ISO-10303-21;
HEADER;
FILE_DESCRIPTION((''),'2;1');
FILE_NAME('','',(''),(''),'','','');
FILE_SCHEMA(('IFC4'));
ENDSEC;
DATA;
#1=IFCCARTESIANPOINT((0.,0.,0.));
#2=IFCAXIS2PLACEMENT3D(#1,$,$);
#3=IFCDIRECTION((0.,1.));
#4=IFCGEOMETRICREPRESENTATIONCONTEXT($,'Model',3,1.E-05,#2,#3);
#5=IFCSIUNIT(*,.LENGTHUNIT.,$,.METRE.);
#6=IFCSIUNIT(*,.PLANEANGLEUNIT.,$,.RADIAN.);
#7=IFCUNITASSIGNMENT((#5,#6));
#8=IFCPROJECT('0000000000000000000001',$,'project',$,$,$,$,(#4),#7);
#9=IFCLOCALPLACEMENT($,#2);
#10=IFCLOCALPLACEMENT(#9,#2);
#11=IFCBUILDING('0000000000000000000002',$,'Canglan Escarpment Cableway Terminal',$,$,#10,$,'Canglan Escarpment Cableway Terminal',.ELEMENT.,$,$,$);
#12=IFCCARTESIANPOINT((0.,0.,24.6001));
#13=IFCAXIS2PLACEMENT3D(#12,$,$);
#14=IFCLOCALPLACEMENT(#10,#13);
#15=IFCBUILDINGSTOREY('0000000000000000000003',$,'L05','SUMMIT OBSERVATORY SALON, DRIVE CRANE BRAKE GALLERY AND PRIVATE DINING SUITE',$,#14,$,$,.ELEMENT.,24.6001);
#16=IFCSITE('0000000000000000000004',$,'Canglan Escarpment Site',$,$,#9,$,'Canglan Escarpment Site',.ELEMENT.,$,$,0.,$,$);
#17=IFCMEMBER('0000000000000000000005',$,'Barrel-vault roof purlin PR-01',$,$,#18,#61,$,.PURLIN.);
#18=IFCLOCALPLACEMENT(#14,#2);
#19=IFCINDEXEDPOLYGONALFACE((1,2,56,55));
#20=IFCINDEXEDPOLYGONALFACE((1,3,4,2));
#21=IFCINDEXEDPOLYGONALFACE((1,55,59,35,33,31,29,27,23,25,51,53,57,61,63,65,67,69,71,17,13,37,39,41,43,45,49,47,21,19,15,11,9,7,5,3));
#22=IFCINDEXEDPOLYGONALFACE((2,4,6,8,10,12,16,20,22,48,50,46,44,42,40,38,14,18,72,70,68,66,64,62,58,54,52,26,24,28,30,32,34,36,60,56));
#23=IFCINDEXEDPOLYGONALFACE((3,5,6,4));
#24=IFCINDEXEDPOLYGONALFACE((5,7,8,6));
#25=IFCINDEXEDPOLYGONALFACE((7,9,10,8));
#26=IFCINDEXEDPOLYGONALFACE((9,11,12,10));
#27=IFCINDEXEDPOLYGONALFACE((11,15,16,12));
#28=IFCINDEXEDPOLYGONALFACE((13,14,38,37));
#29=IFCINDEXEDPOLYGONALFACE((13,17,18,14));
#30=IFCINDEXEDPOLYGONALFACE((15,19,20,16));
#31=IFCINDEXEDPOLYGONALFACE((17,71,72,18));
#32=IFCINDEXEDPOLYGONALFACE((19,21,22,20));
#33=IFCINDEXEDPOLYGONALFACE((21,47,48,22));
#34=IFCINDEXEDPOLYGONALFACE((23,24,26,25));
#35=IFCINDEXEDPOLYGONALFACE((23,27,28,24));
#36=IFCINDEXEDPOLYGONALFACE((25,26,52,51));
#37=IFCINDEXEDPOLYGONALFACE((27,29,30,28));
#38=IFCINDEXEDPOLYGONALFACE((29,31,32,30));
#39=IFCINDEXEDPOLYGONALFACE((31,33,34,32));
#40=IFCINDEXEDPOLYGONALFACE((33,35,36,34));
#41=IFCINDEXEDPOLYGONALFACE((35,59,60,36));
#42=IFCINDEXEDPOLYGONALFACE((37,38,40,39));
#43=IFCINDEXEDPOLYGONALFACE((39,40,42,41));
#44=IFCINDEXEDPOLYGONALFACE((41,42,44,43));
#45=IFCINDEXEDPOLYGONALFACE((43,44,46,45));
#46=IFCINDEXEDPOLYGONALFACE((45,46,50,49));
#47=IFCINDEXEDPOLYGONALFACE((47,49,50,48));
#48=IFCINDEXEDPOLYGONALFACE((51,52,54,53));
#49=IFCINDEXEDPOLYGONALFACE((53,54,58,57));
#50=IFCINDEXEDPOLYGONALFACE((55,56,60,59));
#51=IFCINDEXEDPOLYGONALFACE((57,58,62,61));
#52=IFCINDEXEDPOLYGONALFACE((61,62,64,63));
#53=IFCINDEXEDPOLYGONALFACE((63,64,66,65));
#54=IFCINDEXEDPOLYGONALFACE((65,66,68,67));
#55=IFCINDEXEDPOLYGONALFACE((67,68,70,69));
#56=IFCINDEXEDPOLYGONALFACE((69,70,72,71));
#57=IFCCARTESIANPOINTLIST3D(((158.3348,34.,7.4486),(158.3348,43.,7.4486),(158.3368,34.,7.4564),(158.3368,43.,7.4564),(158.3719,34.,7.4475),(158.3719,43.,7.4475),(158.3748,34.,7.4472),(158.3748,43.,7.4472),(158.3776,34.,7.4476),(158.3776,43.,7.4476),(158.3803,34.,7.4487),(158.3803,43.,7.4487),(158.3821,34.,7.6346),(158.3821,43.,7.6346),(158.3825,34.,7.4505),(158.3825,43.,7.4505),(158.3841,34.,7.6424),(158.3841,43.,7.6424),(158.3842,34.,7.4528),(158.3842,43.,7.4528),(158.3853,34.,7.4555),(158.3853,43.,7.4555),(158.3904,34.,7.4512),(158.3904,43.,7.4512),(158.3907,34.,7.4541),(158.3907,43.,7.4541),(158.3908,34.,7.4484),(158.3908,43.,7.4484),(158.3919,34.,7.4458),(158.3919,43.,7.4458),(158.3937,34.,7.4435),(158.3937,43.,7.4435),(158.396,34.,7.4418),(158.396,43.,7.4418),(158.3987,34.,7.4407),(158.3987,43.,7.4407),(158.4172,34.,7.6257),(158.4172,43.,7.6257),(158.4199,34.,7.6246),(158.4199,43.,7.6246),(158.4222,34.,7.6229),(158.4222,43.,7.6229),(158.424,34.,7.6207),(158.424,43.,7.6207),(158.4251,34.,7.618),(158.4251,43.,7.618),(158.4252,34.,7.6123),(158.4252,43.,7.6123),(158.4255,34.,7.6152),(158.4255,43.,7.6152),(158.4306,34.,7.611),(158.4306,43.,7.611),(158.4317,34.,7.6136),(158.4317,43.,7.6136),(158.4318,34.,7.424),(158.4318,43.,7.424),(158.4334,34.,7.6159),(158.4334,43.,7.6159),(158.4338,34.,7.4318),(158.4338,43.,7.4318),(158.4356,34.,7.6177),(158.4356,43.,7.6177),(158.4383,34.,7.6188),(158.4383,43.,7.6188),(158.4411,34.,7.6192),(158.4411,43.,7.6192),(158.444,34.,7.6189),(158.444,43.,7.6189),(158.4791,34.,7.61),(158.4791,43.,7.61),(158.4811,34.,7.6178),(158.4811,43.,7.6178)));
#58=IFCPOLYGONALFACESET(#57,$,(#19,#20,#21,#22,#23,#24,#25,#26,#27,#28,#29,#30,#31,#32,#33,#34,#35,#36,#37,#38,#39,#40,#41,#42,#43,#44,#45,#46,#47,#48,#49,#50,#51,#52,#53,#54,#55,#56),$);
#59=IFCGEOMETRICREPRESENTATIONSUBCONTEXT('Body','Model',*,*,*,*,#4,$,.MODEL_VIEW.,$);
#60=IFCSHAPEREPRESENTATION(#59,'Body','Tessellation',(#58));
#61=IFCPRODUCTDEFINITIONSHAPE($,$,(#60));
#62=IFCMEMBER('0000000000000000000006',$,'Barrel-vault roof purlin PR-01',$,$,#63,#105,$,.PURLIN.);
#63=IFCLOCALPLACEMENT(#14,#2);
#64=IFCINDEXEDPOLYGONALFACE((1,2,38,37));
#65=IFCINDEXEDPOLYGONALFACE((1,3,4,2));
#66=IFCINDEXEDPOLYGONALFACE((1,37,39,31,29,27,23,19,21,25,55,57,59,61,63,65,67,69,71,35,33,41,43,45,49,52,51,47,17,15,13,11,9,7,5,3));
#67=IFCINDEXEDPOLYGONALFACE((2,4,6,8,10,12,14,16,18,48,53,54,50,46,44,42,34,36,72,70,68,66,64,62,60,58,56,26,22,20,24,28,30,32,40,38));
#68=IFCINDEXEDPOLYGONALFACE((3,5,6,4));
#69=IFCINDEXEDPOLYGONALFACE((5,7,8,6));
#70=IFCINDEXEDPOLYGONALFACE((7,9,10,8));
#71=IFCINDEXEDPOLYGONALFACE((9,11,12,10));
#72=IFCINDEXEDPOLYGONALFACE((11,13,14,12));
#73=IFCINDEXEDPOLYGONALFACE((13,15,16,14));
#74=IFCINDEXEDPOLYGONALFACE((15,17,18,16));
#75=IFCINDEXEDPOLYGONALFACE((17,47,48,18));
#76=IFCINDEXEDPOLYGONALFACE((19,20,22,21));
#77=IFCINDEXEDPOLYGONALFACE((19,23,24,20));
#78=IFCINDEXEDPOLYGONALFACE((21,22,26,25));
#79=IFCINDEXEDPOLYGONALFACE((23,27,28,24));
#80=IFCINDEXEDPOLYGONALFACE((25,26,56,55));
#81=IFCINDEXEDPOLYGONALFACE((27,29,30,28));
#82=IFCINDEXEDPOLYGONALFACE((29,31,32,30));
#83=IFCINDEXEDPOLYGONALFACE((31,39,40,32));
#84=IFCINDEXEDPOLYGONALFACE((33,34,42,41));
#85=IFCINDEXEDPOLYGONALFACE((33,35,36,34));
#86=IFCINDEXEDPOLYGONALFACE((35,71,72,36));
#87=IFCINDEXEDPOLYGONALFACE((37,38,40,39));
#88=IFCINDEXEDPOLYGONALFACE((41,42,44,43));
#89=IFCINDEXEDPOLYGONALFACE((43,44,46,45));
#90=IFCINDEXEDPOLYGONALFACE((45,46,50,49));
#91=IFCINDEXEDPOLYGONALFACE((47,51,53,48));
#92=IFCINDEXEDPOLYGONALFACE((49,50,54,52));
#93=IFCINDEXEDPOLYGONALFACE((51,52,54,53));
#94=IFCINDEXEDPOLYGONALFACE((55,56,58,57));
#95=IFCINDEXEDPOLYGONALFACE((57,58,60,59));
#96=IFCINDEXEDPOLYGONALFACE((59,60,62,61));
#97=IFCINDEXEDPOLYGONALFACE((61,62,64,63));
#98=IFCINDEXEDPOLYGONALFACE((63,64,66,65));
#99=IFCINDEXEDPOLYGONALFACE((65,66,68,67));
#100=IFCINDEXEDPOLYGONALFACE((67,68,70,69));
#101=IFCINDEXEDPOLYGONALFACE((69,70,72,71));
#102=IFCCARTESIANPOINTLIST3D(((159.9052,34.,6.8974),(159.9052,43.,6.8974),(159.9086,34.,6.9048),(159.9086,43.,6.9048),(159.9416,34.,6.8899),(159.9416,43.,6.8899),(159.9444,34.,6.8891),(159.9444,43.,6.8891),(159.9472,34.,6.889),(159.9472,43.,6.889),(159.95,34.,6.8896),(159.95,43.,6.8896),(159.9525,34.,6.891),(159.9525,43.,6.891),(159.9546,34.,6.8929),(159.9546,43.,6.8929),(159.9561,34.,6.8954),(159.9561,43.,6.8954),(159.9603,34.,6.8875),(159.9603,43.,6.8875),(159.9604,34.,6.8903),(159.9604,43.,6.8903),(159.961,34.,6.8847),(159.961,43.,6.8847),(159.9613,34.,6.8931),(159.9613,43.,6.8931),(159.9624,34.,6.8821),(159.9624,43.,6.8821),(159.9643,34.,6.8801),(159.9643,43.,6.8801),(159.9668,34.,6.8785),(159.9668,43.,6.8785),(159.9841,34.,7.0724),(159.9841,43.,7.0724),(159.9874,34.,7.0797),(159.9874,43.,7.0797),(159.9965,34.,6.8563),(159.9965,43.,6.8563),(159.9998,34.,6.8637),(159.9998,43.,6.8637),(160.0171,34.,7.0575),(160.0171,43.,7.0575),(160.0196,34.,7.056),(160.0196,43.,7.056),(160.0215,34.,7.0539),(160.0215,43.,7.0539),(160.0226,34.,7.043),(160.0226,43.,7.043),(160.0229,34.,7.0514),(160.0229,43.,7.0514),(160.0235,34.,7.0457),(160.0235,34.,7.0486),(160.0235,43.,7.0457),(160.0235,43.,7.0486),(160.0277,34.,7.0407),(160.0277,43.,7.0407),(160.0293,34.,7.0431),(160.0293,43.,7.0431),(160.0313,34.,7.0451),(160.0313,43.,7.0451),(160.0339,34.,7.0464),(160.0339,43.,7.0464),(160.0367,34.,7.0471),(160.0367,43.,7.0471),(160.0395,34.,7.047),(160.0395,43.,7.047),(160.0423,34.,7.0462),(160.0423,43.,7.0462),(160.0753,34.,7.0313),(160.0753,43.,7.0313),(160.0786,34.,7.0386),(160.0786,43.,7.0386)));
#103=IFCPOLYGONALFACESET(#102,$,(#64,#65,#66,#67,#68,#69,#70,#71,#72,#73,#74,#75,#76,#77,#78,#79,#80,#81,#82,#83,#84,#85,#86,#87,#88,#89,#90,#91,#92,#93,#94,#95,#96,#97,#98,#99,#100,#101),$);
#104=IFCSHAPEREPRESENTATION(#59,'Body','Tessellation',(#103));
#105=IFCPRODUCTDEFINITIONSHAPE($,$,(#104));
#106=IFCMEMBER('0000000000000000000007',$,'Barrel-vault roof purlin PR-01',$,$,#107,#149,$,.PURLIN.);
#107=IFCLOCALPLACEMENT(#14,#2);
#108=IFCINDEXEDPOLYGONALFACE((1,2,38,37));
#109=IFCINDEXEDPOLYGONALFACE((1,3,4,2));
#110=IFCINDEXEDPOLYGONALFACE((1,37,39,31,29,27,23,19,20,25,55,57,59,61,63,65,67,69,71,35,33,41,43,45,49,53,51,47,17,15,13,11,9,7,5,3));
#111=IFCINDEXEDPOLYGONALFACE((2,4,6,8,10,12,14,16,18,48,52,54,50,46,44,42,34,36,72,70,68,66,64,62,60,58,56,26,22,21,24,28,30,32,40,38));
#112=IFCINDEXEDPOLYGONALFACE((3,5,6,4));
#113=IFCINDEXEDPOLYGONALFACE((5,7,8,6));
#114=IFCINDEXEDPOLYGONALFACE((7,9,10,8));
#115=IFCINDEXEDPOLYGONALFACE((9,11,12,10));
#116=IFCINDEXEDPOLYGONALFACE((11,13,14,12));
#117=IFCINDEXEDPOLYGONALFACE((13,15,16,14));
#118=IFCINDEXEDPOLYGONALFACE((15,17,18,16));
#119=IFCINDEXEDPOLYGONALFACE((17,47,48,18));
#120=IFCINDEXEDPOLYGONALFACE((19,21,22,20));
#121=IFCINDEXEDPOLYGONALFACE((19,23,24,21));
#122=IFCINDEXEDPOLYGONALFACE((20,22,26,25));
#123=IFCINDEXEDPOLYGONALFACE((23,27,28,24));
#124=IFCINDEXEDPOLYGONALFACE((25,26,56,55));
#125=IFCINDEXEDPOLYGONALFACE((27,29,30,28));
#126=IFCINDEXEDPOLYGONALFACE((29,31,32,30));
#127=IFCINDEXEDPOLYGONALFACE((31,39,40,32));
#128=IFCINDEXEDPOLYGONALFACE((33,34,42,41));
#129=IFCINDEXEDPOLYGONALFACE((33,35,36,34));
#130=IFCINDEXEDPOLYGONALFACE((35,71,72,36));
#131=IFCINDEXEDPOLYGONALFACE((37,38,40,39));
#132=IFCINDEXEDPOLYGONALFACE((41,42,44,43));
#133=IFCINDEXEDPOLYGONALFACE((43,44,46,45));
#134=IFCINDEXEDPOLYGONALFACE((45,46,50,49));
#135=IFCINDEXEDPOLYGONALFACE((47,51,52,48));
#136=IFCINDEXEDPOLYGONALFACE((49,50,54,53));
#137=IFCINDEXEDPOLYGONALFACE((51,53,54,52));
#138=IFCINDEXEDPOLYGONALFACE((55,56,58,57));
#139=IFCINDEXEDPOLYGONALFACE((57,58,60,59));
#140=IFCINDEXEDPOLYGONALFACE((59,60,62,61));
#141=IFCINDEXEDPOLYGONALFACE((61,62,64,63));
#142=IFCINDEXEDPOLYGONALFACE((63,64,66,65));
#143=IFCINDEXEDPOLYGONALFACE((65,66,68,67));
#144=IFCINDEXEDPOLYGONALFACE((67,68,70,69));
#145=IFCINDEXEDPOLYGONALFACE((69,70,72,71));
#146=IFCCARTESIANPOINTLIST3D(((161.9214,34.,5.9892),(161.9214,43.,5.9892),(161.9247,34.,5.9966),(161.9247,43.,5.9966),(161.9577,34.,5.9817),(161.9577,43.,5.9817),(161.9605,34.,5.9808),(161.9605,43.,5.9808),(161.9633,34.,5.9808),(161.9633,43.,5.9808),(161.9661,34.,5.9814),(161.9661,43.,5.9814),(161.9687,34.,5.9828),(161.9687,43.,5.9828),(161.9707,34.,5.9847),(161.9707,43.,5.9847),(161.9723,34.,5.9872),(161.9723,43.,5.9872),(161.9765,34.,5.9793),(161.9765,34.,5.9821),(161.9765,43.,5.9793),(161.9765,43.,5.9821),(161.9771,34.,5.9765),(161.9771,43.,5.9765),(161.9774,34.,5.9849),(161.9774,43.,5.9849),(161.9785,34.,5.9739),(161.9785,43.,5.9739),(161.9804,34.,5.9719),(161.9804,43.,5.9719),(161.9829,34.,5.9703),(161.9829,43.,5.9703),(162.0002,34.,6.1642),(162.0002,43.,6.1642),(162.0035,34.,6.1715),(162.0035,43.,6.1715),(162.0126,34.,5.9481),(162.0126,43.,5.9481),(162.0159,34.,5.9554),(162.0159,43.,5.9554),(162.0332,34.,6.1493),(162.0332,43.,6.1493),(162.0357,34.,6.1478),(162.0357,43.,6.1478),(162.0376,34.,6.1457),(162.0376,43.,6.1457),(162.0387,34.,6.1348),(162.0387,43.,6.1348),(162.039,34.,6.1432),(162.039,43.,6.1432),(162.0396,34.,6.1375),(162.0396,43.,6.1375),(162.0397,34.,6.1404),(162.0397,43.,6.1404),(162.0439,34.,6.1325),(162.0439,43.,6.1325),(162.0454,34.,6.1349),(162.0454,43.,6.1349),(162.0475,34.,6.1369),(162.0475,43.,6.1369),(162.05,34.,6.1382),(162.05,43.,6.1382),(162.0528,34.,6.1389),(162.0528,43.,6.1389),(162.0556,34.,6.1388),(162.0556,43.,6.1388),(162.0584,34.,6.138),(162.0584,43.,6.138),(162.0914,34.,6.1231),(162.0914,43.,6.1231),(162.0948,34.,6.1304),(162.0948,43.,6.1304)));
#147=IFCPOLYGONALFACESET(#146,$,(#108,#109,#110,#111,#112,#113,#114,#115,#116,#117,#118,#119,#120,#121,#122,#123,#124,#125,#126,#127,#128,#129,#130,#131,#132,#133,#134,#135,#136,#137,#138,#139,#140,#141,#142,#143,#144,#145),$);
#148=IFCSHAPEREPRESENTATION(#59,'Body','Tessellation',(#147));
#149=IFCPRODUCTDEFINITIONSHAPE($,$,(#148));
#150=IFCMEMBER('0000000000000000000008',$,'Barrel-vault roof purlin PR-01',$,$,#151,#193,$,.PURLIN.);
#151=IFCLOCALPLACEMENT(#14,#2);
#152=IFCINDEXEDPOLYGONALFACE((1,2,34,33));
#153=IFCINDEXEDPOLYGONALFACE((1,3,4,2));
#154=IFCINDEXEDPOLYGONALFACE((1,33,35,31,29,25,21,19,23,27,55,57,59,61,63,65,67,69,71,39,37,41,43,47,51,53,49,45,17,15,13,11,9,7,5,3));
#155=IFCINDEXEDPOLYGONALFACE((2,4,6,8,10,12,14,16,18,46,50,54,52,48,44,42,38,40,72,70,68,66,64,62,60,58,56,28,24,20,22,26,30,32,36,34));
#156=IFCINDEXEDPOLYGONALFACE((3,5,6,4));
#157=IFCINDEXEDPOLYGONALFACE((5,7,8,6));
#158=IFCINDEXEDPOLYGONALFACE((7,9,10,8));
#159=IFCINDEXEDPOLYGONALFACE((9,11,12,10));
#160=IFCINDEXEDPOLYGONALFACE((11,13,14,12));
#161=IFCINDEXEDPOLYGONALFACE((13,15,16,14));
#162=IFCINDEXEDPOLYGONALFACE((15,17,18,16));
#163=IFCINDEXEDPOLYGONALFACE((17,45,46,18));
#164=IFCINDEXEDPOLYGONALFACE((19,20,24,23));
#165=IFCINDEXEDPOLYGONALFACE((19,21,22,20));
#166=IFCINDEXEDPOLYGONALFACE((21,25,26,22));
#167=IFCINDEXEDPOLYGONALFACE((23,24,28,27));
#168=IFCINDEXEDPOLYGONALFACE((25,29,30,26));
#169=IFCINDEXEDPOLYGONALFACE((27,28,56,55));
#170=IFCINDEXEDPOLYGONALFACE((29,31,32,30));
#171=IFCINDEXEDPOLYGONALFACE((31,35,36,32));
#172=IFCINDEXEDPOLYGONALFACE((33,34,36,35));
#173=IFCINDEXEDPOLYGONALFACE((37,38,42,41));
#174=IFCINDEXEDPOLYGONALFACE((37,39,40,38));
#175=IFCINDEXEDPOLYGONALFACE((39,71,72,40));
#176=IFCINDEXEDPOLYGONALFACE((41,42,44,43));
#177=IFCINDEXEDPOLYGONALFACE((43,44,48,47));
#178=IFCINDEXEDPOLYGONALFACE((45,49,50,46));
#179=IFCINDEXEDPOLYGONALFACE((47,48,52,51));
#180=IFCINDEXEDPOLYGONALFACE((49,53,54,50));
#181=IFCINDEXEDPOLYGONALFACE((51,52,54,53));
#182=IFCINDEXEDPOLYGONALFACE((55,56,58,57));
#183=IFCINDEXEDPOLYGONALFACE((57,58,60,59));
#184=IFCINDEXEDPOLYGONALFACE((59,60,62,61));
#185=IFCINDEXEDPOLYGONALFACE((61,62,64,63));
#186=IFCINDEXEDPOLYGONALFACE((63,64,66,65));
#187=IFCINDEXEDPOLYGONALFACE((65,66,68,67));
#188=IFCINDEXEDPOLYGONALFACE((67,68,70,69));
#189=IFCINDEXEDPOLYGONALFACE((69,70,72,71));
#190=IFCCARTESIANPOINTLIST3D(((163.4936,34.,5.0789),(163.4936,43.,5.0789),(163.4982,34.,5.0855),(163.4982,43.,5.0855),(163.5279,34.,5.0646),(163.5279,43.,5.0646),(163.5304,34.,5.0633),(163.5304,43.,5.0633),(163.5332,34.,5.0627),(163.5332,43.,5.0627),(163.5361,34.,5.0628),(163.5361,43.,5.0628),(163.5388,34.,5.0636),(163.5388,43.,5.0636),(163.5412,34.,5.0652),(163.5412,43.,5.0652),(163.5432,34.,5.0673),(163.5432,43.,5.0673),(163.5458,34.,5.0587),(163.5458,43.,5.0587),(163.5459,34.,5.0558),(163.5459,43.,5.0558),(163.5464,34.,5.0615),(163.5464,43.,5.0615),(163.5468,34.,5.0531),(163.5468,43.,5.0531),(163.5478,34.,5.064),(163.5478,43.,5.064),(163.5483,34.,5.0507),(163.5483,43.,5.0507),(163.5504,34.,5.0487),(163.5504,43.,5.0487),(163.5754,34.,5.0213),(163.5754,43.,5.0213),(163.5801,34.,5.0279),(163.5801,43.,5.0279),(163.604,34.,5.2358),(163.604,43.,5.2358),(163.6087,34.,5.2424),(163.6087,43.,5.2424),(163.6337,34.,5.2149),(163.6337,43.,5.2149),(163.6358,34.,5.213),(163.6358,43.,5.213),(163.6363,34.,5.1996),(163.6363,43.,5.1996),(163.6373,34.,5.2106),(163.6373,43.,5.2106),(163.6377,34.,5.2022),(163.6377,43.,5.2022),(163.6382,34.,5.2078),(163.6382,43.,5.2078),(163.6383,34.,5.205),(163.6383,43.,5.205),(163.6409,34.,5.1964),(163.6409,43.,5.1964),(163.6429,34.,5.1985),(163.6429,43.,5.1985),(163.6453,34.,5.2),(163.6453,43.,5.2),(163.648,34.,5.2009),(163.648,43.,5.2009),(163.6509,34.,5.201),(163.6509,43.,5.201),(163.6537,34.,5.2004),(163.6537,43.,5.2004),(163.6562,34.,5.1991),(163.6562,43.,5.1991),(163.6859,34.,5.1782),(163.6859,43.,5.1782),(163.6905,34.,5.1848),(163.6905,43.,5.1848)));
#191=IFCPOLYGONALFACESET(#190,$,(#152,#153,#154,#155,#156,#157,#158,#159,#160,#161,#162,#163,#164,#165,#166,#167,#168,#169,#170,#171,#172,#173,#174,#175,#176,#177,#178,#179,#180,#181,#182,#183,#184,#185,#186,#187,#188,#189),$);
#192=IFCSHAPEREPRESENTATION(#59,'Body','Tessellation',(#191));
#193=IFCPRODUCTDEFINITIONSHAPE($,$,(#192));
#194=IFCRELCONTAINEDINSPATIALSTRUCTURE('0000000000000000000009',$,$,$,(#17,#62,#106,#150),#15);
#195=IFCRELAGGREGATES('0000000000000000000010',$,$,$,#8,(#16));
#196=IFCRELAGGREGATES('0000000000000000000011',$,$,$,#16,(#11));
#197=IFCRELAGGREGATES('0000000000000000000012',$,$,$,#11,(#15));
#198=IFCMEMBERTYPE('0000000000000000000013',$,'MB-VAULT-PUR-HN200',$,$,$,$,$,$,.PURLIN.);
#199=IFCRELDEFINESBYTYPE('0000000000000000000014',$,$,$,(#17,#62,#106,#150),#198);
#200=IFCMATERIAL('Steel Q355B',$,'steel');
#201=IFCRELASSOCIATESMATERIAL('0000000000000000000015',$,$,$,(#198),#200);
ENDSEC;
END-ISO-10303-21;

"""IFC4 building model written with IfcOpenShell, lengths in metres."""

from ifc_helpers import new_model, si_unit, direction, frame, origin, origin_2d, place, context, subcontext, project, spatial, i_section, extrude, material, material_profile, profile_set, type_object, element, save


model = new_model("IFC4")

# Units and contexts
model_context = context("Model", 3, precision=1e-05, world=origin(), true_north=direction((0.0, 1.0)))
body_context = subcontext(model_context, "Body", "Model", "MODEL_VIEW")
ifc_project = project(units=[si_unit("LENGTHUNIT", "METRE"), si_unit("PLANEANGLEUNIT", "RADIAN")], contexts=[model_context])

# Site, building, storey
site_placement = place(None, origin())
site = spatial("IfcSite", under=ifc_project, at=site_placement, Name="Canglan Escarpment Site", LongName="Canglan Escarpment Site", CompositionType="ELEMENT", RefElevation=0.0)
building_placement = place(site_placement, origin())
building = spatial("IfcBuilding", under=site, at=building_placement, Name="Canglan Escarpment Cableway Terminal", LongName="Canglan Escarpment Cableway Terminal", CompositionType="ELEMENT")
storey_placement = place(building_placement, frame((0.0, 0.0, 24.6001)))
storey = spatial("IfcBuildingStorey", under=building, at=storey_placement, Name="L05", Description="SUMMIT OBSERVATORY SALON, DRIVE CRANE BRAKE GALLERY AND PRIVATE DINING SUITE", CompositionType="ELEMENT", Elevation=24.6001)

# Shared definitions
ifc_material_1 = material(Name="Steel Q355B", Category="steel")

# Members
ifc_material_profile_1 = material_profile(ifc_material_1, i_section(OverallWidth=0.1001, OverallDepth=0.2, WebThickness=0.0056, FlangeThickness=0.0081, FilletRadius=0.011, at=origin_2d()), Name="HN 200x100x5.5x8")
ifc_profile_set_1 = profile_set([ifc_material_profile_1], Name="Steel Q355B")
member_type_1 = type_object("IfcMemberType", Name="MB-VAULT-PUR-HN200", PredefinedType="PURLIN", material=ifc_profile_set_1)
for number, where, z_axis, x_axis, name in (
    (1, (158.408, 34.0, 7.5332), (0.0, 1.0, 0.0), (-0.969184, 0.0, 0.246339), "Barrel-vault roof purlin PR-01"),
    (2, (159.9919, 34.0, 6.968), (0.0, 1.0, 0.0), (-0.911741, 0.0, 0.410767), "Barrel-vault roof purlin PR-01"),
    (3, (162.0081, 34.0, 6.0598), (0.0, 1.0, 0.0), (-0.911741, 0.0, 0.410767), "Barrel-vault roof purlin PR-01"),
    (4, (163.592, 34.0, 5.1318), (0.0, 1.0, 0.0), (-0.817728, 0.0, 0.575605), "Barrel-vault roof purlin PR-01"),
):
    element("IfcMember", number, at=place(storey_placement, frame(where, z_axis=z_axis, x_axis=x_axis)), inside=storey, type_object=member_type_1, Name=name, PredefinedType="PURLIN", context=body_context, shape_type="SweptSolid", body=[
        extrude(i_section(OverallWidth=0.1001, OverallDepth=0.2, WebThickness=0.0056, FlangeThickness=0.0081, FilletRadius=0.011, at=origin_2d()), origin(), (0.0, 0.0, 1.0), 9.0),
    ])

save(model, "model.ifc")
